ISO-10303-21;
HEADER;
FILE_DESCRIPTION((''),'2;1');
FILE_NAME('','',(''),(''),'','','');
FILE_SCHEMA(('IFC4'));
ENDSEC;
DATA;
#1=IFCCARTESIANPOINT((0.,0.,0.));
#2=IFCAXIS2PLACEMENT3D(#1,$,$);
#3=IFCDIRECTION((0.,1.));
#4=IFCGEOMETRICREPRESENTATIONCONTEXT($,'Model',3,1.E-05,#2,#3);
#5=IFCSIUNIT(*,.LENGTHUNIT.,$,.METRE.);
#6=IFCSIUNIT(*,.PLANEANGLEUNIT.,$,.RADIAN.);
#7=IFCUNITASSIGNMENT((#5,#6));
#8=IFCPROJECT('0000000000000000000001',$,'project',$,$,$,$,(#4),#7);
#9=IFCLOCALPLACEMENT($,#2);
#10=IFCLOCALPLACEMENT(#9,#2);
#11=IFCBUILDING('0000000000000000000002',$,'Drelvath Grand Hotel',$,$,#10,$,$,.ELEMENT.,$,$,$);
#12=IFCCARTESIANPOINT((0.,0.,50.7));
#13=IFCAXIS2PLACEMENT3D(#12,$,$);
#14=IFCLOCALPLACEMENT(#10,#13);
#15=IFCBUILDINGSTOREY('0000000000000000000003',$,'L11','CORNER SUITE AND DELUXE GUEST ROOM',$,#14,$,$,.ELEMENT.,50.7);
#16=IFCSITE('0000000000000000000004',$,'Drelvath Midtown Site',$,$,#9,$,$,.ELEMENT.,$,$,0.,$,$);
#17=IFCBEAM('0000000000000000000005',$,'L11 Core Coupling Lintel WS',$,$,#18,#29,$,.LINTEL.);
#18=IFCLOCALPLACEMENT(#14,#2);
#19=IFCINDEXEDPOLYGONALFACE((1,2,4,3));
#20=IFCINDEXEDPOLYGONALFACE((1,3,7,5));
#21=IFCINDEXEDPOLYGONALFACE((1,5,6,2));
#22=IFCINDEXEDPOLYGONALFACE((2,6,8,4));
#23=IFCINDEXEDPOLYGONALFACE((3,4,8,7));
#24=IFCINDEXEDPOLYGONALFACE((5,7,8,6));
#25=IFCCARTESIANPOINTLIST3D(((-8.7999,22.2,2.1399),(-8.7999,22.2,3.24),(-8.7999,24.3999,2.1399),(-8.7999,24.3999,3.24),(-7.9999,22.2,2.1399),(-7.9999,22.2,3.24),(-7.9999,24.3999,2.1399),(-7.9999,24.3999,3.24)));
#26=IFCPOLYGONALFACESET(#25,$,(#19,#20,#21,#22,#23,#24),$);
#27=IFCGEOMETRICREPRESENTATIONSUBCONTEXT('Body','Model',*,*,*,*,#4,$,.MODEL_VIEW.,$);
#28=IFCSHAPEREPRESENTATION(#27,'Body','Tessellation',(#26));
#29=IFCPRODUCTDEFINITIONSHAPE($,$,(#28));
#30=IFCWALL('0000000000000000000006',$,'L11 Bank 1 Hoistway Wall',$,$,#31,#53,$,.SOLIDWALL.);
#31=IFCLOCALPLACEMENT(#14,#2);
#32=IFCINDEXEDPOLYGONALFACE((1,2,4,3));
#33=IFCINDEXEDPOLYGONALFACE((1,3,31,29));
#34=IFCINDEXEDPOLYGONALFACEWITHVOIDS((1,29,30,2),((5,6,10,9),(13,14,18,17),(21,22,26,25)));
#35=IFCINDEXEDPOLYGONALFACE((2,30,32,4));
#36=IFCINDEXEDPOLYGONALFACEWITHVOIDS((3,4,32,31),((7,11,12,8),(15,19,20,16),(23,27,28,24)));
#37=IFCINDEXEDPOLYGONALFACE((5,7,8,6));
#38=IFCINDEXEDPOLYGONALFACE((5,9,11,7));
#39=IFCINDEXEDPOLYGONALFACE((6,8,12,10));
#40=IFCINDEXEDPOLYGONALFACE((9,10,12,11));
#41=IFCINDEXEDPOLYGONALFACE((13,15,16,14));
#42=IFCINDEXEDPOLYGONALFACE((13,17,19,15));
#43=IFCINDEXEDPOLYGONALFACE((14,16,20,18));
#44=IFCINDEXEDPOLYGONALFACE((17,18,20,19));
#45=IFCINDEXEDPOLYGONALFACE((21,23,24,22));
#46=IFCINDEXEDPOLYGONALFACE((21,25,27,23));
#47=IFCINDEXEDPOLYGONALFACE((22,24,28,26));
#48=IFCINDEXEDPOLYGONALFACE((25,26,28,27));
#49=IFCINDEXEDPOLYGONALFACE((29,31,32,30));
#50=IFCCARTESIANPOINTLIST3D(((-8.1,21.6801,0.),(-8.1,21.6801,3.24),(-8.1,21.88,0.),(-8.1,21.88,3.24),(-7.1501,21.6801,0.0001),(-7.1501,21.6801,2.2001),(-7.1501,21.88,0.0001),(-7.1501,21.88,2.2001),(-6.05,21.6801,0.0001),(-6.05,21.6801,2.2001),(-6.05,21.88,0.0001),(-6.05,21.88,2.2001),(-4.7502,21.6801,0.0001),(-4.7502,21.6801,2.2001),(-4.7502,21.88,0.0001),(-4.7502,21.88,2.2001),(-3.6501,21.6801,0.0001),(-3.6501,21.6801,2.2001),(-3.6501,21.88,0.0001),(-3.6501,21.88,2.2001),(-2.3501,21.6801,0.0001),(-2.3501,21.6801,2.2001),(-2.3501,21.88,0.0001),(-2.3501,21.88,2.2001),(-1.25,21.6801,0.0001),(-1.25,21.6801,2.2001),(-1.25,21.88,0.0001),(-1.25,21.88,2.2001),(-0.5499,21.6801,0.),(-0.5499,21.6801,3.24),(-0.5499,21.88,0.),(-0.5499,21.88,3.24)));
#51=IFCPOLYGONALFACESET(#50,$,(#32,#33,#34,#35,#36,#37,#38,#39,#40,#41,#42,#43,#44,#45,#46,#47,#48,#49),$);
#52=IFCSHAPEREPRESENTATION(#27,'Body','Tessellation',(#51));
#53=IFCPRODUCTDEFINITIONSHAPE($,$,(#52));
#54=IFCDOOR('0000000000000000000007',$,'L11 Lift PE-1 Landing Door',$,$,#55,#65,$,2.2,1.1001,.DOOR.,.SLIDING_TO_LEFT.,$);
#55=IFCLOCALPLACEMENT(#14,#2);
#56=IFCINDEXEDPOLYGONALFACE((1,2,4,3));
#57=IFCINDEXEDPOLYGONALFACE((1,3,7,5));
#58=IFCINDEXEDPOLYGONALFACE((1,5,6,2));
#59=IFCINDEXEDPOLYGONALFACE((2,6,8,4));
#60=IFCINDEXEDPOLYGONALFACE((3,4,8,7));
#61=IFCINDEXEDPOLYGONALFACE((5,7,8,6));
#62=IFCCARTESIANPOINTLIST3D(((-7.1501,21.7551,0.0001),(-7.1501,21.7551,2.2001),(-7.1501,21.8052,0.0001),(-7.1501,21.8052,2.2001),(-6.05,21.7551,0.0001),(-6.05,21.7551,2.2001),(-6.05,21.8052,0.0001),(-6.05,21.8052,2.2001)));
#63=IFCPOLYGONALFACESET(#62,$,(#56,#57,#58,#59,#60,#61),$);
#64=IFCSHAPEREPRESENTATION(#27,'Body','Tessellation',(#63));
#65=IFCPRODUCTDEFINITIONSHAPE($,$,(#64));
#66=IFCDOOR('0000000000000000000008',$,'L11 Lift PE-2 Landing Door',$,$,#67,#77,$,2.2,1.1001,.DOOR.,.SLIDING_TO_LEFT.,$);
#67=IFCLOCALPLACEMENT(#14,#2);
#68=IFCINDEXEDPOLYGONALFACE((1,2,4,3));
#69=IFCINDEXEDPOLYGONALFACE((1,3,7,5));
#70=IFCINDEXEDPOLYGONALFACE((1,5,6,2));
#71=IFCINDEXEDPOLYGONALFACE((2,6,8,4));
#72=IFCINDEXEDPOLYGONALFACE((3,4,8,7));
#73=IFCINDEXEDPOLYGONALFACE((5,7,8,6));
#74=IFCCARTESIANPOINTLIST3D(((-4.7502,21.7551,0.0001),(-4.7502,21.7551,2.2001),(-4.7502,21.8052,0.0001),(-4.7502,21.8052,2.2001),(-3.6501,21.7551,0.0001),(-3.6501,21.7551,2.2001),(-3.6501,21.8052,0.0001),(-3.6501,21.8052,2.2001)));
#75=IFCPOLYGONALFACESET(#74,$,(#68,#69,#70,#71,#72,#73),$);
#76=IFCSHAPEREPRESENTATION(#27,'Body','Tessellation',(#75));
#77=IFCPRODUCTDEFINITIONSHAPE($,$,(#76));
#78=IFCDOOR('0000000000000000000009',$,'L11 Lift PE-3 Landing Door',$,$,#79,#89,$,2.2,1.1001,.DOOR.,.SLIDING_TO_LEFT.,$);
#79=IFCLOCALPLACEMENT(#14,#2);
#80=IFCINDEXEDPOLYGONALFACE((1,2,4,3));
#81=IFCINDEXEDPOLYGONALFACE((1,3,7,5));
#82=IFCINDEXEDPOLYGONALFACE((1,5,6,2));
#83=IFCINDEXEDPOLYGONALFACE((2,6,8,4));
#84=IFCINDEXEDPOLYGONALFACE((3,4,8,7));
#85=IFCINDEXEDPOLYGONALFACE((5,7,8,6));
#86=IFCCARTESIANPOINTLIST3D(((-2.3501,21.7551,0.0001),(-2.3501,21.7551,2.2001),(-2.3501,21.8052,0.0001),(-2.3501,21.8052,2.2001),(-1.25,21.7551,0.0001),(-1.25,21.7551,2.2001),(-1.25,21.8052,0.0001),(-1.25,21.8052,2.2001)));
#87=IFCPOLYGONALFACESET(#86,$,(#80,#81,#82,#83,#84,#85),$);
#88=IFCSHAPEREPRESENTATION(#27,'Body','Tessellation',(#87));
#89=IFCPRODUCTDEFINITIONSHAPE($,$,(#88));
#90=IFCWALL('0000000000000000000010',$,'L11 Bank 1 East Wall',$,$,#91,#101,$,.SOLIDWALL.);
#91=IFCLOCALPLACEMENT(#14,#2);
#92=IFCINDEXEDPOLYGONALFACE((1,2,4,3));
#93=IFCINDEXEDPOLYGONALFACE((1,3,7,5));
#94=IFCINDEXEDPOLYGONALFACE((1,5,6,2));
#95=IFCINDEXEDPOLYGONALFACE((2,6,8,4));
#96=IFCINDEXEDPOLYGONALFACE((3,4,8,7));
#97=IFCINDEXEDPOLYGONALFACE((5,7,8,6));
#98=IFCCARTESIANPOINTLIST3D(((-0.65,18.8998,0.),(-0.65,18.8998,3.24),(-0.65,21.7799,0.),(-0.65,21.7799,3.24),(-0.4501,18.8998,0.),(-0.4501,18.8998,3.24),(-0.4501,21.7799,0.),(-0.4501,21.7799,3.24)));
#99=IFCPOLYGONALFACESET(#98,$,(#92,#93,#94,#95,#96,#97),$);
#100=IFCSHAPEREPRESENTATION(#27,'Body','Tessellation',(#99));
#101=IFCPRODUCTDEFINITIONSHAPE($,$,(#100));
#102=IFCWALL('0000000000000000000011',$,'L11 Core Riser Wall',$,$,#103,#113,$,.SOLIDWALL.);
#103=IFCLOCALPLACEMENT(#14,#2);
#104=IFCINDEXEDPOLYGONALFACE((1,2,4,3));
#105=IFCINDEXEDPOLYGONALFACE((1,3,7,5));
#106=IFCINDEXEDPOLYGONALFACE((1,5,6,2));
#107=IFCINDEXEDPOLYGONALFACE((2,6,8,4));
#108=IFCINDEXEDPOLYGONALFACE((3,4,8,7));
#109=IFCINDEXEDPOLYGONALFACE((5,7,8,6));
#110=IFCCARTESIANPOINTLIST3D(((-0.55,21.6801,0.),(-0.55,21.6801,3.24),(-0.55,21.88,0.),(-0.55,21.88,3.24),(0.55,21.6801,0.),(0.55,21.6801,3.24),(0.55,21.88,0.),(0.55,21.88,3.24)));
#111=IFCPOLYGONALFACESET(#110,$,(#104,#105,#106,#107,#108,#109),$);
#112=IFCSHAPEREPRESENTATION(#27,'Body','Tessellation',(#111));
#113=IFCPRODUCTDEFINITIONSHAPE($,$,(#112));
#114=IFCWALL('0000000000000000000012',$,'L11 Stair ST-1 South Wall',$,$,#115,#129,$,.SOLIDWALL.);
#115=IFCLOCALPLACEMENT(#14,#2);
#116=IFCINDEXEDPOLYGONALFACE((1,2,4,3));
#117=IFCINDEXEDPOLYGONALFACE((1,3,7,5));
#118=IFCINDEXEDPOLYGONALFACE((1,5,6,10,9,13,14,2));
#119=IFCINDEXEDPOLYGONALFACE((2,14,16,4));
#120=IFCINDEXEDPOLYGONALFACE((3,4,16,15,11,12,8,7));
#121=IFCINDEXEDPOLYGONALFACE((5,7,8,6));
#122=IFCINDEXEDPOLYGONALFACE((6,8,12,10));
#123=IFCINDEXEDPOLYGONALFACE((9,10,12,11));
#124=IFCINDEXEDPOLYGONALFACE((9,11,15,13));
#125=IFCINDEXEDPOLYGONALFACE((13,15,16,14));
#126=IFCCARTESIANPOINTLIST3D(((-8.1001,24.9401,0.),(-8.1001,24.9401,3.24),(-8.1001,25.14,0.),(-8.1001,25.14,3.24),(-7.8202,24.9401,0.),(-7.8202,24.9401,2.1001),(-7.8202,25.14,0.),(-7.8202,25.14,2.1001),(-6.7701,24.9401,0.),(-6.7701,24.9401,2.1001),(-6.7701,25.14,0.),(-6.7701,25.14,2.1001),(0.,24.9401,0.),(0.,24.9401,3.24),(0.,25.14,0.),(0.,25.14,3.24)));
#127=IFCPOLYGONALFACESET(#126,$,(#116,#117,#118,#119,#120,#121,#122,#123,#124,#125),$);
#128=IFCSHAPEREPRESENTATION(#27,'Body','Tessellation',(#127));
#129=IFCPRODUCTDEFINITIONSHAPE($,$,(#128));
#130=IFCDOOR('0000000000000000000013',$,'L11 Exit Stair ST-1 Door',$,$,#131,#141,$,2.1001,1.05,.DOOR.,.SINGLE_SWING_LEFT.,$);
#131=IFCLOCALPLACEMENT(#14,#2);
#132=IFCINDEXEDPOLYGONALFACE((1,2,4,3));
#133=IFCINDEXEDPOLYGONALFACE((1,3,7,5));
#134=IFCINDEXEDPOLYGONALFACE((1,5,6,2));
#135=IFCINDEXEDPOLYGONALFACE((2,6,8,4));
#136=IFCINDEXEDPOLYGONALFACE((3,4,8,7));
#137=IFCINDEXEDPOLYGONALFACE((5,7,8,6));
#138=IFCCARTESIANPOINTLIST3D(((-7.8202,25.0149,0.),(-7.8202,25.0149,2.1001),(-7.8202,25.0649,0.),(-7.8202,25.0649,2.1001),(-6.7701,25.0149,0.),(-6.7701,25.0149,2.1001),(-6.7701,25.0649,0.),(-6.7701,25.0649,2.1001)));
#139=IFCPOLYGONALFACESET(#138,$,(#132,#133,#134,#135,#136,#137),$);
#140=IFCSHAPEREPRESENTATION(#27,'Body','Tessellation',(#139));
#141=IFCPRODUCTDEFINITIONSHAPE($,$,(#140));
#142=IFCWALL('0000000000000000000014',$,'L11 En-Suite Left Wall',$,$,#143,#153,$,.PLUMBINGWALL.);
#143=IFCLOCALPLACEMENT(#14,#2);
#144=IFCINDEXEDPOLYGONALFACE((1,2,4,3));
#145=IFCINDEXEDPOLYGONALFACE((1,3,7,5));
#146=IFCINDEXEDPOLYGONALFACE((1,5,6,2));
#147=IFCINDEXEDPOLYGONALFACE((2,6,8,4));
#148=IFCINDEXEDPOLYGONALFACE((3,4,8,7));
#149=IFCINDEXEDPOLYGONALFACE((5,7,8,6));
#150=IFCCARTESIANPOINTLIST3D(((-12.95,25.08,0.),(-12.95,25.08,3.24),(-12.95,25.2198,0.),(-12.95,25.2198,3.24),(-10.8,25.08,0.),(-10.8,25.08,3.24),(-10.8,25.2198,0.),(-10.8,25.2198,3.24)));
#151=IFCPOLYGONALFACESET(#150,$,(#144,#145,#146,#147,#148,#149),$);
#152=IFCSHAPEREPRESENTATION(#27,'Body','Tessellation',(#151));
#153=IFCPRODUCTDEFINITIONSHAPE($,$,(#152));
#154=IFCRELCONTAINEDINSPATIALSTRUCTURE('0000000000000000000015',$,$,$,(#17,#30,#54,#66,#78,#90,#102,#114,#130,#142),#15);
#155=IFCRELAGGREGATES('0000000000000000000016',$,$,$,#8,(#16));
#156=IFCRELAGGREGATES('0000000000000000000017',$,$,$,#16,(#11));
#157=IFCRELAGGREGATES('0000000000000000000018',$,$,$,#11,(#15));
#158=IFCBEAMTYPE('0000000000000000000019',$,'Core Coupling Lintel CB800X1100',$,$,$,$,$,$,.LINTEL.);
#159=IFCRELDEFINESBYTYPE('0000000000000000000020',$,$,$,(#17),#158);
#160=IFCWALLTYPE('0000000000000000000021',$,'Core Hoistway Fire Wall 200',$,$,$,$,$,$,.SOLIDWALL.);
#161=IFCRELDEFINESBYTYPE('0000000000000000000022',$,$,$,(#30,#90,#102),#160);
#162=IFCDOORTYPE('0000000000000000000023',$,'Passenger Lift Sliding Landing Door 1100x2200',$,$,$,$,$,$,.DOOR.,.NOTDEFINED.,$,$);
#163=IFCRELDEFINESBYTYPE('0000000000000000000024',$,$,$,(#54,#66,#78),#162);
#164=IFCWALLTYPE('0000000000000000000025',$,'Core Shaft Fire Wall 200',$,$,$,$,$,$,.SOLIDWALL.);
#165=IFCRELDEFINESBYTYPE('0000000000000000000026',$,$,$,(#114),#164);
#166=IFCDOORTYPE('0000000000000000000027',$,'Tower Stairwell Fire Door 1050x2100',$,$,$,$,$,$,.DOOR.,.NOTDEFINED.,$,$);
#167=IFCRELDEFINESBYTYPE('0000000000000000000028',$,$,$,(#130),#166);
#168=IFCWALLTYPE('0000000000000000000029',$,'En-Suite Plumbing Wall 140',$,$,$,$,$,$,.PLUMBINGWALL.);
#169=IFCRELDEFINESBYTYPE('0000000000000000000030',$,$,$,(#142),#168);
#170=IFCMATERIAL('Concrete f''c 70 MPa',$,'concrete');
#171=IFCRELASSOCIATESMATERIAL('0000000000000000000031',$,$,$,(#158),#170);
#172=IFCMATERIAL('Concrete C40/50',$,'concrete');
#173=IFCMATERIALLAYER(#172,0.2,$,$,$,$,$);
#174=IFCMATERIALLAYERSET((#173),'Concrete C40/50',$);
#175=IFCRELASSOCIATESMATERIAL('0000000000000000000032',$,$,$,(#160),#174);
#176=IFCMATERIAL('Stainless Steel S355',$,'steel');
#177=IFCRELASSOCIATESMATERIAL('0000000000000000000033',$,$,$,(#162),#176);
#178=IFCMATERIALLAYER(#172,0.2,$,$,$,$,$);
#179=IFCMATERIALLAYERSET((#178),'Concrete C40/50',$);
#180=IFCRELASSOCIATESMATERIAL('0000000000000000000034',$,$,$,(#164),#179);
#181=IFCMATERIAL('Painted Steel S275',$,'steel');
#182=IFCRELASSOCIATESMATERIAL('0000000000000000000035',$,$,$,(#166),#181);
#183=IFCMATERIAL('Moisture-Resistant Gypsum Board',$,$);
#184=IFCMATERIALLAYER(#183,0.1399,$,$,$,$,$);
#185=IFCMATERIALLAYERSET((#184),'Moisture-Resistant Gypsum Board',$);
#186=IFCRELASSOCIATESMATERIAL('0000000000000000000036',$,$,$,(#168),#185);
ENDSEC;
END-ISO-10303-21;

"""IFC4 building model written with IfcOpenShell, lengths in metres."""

from ifc_helpers import new_model, si_unit, direction, frame, frame_2d, origin, origin_2d, place, context, subcontext, project, spatial, rectangle, extrude, material, layer, layer_set, material_profile, profile_set, type_object, element, fill, save


model = new_model("IFC4")

# Units and contexts
model_context = context("Model", 3, precision=1e-05, world=origin(), true_north=direction((0.0, 1.0)))
body_context = subcontext(model_context, "Body", "Model", "MODEL_VIEW")
ifc_project = project(units=[si_unit("LENGTHUNIT", "METRE"), si_unit("PLANEANGLEUNIT", "RADIAN")], contexts=[model_context])

# Site, building, storey
site_placement = place(None, origin())
site = spatial("IfcSite", under=ifc_project, at=site_placement, Name="Drelvath Midtown Site", CompositionType="ELEMENT", RefElevation=0.0)
building_placement = place(site_placement, origin())
building = spatial("IfcBuilding", under=site, at=building_placement, Name="Drelvath Grand Hotel", CompositionType="ELEMENT")
storey_placement = place(building_placement, frame((0.0, 0.0, 50.7)))
storey = spatial("IfcBuildingStorey", under=building, at=storey_placement, Name="L11", Description="CORNER SUITE AND DELUXE GUEST ROOM", CompositionType="ELEMENT", Elevation=50.7)

# Beam
ifc_material_1 = material(Name="Concrete f'c 70 MPa", Category="concrete")
ifc_material_profile = material_profile(ifc_material_1, rectangle(XDim=0.8, YDim=1.1001, at=origin_2d()), Name="CB800X1100")
ifc_profile_set = profile_set([ifc_material_profile], Name="Concrete f'c 70 MPa")
beam_type = type_object("IfcBeamType", Name="Core Coupling Lintel CB800X1100", PredefinedType="LINTEL", material=ifc_profile_set)
beam_placement = place(storey_placement, frame((-8.3999, 22.2, 2.6899), z_axis=(0.0, 1.0, 0.0), x_axis=(-1.0, 0.0, 0.0)))
element("IfcBeam", 1, at=beam_placement, inside=storey, type_object=beam_type, Name="L11 Core Coupling Lintel WS", PredefinedType="LINTEL", context=body_context, shape_type="SweptSolid", body=[
    extrude(rectangle(XDim=0.8, YDim=1.1001, at=origin_2d()), origin(), (0.0, 0.0, 1.0), 2.2),
])

# Wall, openings, doors
ifc_material_2 = material(Name="Concrete C40/50", Category="concrete")
ifc_layer_1 = layer(ifc_material_2, 0.2)
ifc_layer_set_1 = layer_set([ifc_layer_1], Name="Concrete C40/50")
wall_type_1 = type_object("IfcWallType", Name="Core Hoistway Fire Wall 200", PredefinedType="SOLIDWALL", material=ifc_layer_set_1)
wall_1_placement = place(storey_placement, frame((-0.55, 21.78, 0.0), z_axis=(0.0, 0.0, 1.0), x_axis=(-1.0, 0.0, 0.0)))
wall_1 = element("IfcWall", 2, at=wall_1_placement, inside=storey, type_object=wall_type_1, Name="L11 Bank 1 Hoistway Wall", PredefinedType="SOLIDWALL", context=body_context, shape_type="SweptSolid", body=[
    extrude(rectangle(XDim=7.55, YDim=0.2, at=frame_2d((3.7749, 0.0))), origin(), (0.0, 0.0, 1.0), 3.24),
])
opening_1_placement = place(wall_1_placement, frame((5.5, 0.0, 0.0)))
opening_1 = element("IfcOpeningElement", 3, at=opening_1_placement, cuts=wall_1, PredefinedType="OPENING", context=body_context, shape_type="SweptSolid", body=[
    extrude(rectangle(XDim=1.1001, YDim=2.2, at=frame_2d((0.55, 1.1001))), frame((0.0, 0.1099, 0.0), z_axis=(0.0, -1.0, 0.0), x_axis=(1.0, 0.0, 0.0)), (0.0, 0.0, 1.0), 0.22),
])
opening_2_placement = place(wall_1_placement, frame((3.1001, 0.0, 0.0)))
opening_2 = element("IfcOpeningElement", 4, at=opening_2_placement, cuts=wall_1, PredefinedType="OPENING", context=body_context, shape_type="SweptSolid", body=[
    extrude(rectangle(XDim=1.1001, YDim=2.2, at=frame_2d((0.55, 1.1001))), frame((0.0, 0.1099, 0.0), z_axis=(0.0, -1.0, 0.0), x_axis=(1.0, 0.0, 0.0)), (0.0, 0.0, 1.0), 0.22),
])
opening_3_placement = place(wall_1_placement, frame((0.7, 0.0, 0.0)))
opening_3 = element("IfcOpeningElement", 5, at=opening_3_placement, cuts=wall_1, PredefinedType="OPENING", context=body_context, shape_type="SweptSolid", body=[
    extrude(rectangle(XDim=1.1001, YDim=2.2, at=frame_2d((0.55, 1.1001))), frame((0.0, 0.1099, 0.0), z_axis=(0.0, -1.0, 0.0), x_axis=(1.0, 0.0, 0.0)), (0.0, 0.0, 1.0), 0.22),
])
ifc_material_3 = material(Name="Stainless Steel S355", Category="steel")
door_type_1 = type_object("IfcDoorType", Name="Passenger Lift Sliding Landing Door 1100x2200", OperationType="NOTDEFINED", PredefinedType="DOOR", material=ifc_material_3)
door_1_placement = place(opening_1_placement, origin())
door_1 = element("IfcDoor", 6, at=door_1_placement, inside=storey, type_object=door_type_1, Name="L11 Lift PE-1 Landing Door", OperationType="SLIDING_TO_LEFT", OverallHeight=2.2, OverallWidth=1.1001, PredefinedType="DOOR", context=body_context, shape_type="SweptSolid", body=[
    extrude(rectangle(XDim=1.1001, YDim=2.2, at=frame_2d((0.55, 1.1001))), frame((0.0, 0.0249, 0.0), z_axis=(0.0, -1.0, 0.0), x_axis=(1.0, 0.0, 0.0)), (0.0, 0.0, 1.0), 0.05),
])
fill(opening_1, door_1)
door_2_placement = place(opening_2_placement, origin())
door_2 = element("IfcDoor", 7, at=door_2_placement, inside=storey, type_object=door_type_1, Name="L11 Lift PE-2 Landing Door", OperationType="SLIDING_TO_LEFT", OverallHeight=2.2, OverallWidth=1.1001, PredefinedType="DOOR", context=body_context, shape_type="SweptSolid", body=[
    extrude(rectangle(XDim=1.1001, YDim=2.2, at=frame_2d((0.55, 1.1001))), frame((0.0, 0.0249, 0.0), z_axis=(0.0, -1.0, 0.0), x_axis=(1.0, 0.0, 0.0)), (0.0, 0.0, 1.0), 0.05),
])
fill(opening_2, door_2)
door_3_placement = place(opening_3_placement, origin())
door_3 = element("IfcDoor", 8, at=door_3_placement, inside=storey, type_object=door_type_1, Name="L11 Lift PE-3 Landing Door", OperationType="SLIDING_TO_LEFT", OverallHeight=2.2, OverallWidth=1.1001, PredefinedType="DOOR", context=body_context, shape_type="SweptSolid", body=[
    extrude(rectangle(XDim=1.1001, YDim=2.2, at=frame_2d((0.55, 1.1001))), frame((0.0, 0.0249, 0.0), z_axis=(0.0, -1.0, 0.0), x_axis=(1.0, 0.0, 0.0)), (0.0, 0.0, 1.0), 0.05),
])
fill(opening_3, door_3)

# Walls
wall_2_placement = place(storey_placement, frame((-0.55, 18.8999, 0.0), z_axis=(0.0, 0.0, 1.0), x_axis=(0.0, 1.0, 0.0)))
element("IfcWall", 9, at=wall_2_placement, inside=storey, type_object=wall_type_1, Name="L11 Bank 1 East Wall", PredefinedType="SOLIDWALL", context=body_context, shape_type="SweptSolid", body=[
    extrude(rectangle(XDim=2.8801, YDim=0.2, at=frame_2d((1.4399, 0.0))), origin(), (0.0, 0.0, 1.0), 3.24),
])
wall_3_placement = place(storey_placement, frame((-0.55, 21.78, 0.0), z_axis=(0.0, 0.0, 1.0), x_axis=(1.0, 0.0, 0.0)))
element("IfcWall", 10, at=wall_3_placement, inside=storey, type_object=wall_type_1, Name="L11 Core Riser Wall", PredefinedType="SOLIDWALL", context=body_context, shape_type="SweptSolid", body=[
    extrude(rectangle(XDim=1.1001, YDim=0.2, at=frame_2d((0.55, 0.0))), origin(), (0.0, 0.0, 1.0), 3.24),
])

# Wall, opening, door
ifc_layer_2 = layer(ifc_material_2, 0.2)
ifc_layer_set_2 = layer_set([ifc_layer_2], Name="Concrete C40/50")
wall_type_2 = type_object("IfcWallType", Name="Core Shaft Fire Wall 200", PredefinedType="SOLIDWALL", material=ifc_layer_set_2)
wall_4_placement = place(storey_placement, frame((-8.1001, 25.04, 0.0), z_axis=(0.0, 0.0, 1.0), x_axis=(1.0, 0.0, 0.0)))
wall_4 = element("IfcWall", 11, at=wall_4_placement, inside=storey, type_object=wall_type_2, Name="L11 Stair ST-1 South Wall", PredefinedType="SOLIDWALL", context=body_context, shape_type="SweptSolid", body=[
    extrude(rectangle(XDim=8.1001, YDim=0.2, at=frame_2d((4.05, 0.0))), origin(), (0.0, 0.0, 1.0), 3.24),
])
opening_4_placement = place(wall_4_placement, frame((0.28, 0.0, 0.0)))
opening_4 = element("IfcOpeningElement", 12, at=opening_4_placement, cuts=wall_4, PredefinedType="OPENING", context=body_context, shape_type="SweptSolid", body=[
    extrude(rectangle(XDim=1.05, YDim=2.1001, at=frame_2d((0.5249, 1.05))), frame((0.0, 0.1099, 0.0), z_axis=(0.0, -1.0, 0.0), x_axis=(1.0, 0.0, 0.0)), (0.0, 0.0, 1.0), 0.22),
])
ifc_material_4 = material(Name="Painted Steel S275", Category="steel")
door_type_2 = type_object("IfcDoorType", Name="Tower Stairwell Fire Door 1050x2100", OperationType="NOTDEFINED", PredefinedType="DOOR", material=ifc_material_4)
door_4_placement = place(opening_4_placement, origin())
door_4 = element("IfcDoor", 13, at=door_4_placement, inside=storey, type_object=door_type_2, Name="L11 Exit Stair ST-1 Door", OperationType="SINGLE_SWING_LEFT", OverallHeight=2.1001, OverallWidth=1.05, PredefinedType="DOOR", context=body_context, shape_type="SweptSolid", body=[
    extrude(rectangle(XDim=1.05, YDim=2.1001, at=frame_2d((0.5249, 1.05))), frame((0.0, 0.0249, 0.0), z_axis=(0.0, -1.0, 0.0), x_axis=(1.0, 0.0, 0.0)), (0.0, 0.0, 1.0), 0.05),
])
fill(opening_4, door_4)

# Wall
ifc_material_5 = material(Name="Moisture-Resistant Gypsum Board")
ifc_layer_3 = layer(ifc_material_5, 0.1399)
ifc_layer_set_3 = layer_set([ifc_layer_3], Name="Moisture-Resistant Gypsum Board")
wall_type_3 = type_object("IfcWallType", Name="En-Suite Plumbing Wall 140", PredefinedType="PLUMBINGWALL", material=ifc_layer_set_3)
wall_5_placement = place(storey_placement, frame((-10.8, 25.1499, 0.0), z_axis=(0.0, 0.0, 1.0), x_axis=(-1.0, 0.0, 0.0)))
element("IfcWall", 14, at=wall_5_placement, inside=storey, type_object=wall_type_3, Name="L11 En-Suite Left Wall", PredefinedType="PLUMBINGWALL", context=body_context, shape_type="SweptSolid", body=[
    extrude(rectangle(XDim=2.1499, YDim=0.1399, at=frame_2d((1.075, 0.0))), origin(), (0.0, 0.0, 1.0), 3.24),
])

save(model, "model.ifc")
